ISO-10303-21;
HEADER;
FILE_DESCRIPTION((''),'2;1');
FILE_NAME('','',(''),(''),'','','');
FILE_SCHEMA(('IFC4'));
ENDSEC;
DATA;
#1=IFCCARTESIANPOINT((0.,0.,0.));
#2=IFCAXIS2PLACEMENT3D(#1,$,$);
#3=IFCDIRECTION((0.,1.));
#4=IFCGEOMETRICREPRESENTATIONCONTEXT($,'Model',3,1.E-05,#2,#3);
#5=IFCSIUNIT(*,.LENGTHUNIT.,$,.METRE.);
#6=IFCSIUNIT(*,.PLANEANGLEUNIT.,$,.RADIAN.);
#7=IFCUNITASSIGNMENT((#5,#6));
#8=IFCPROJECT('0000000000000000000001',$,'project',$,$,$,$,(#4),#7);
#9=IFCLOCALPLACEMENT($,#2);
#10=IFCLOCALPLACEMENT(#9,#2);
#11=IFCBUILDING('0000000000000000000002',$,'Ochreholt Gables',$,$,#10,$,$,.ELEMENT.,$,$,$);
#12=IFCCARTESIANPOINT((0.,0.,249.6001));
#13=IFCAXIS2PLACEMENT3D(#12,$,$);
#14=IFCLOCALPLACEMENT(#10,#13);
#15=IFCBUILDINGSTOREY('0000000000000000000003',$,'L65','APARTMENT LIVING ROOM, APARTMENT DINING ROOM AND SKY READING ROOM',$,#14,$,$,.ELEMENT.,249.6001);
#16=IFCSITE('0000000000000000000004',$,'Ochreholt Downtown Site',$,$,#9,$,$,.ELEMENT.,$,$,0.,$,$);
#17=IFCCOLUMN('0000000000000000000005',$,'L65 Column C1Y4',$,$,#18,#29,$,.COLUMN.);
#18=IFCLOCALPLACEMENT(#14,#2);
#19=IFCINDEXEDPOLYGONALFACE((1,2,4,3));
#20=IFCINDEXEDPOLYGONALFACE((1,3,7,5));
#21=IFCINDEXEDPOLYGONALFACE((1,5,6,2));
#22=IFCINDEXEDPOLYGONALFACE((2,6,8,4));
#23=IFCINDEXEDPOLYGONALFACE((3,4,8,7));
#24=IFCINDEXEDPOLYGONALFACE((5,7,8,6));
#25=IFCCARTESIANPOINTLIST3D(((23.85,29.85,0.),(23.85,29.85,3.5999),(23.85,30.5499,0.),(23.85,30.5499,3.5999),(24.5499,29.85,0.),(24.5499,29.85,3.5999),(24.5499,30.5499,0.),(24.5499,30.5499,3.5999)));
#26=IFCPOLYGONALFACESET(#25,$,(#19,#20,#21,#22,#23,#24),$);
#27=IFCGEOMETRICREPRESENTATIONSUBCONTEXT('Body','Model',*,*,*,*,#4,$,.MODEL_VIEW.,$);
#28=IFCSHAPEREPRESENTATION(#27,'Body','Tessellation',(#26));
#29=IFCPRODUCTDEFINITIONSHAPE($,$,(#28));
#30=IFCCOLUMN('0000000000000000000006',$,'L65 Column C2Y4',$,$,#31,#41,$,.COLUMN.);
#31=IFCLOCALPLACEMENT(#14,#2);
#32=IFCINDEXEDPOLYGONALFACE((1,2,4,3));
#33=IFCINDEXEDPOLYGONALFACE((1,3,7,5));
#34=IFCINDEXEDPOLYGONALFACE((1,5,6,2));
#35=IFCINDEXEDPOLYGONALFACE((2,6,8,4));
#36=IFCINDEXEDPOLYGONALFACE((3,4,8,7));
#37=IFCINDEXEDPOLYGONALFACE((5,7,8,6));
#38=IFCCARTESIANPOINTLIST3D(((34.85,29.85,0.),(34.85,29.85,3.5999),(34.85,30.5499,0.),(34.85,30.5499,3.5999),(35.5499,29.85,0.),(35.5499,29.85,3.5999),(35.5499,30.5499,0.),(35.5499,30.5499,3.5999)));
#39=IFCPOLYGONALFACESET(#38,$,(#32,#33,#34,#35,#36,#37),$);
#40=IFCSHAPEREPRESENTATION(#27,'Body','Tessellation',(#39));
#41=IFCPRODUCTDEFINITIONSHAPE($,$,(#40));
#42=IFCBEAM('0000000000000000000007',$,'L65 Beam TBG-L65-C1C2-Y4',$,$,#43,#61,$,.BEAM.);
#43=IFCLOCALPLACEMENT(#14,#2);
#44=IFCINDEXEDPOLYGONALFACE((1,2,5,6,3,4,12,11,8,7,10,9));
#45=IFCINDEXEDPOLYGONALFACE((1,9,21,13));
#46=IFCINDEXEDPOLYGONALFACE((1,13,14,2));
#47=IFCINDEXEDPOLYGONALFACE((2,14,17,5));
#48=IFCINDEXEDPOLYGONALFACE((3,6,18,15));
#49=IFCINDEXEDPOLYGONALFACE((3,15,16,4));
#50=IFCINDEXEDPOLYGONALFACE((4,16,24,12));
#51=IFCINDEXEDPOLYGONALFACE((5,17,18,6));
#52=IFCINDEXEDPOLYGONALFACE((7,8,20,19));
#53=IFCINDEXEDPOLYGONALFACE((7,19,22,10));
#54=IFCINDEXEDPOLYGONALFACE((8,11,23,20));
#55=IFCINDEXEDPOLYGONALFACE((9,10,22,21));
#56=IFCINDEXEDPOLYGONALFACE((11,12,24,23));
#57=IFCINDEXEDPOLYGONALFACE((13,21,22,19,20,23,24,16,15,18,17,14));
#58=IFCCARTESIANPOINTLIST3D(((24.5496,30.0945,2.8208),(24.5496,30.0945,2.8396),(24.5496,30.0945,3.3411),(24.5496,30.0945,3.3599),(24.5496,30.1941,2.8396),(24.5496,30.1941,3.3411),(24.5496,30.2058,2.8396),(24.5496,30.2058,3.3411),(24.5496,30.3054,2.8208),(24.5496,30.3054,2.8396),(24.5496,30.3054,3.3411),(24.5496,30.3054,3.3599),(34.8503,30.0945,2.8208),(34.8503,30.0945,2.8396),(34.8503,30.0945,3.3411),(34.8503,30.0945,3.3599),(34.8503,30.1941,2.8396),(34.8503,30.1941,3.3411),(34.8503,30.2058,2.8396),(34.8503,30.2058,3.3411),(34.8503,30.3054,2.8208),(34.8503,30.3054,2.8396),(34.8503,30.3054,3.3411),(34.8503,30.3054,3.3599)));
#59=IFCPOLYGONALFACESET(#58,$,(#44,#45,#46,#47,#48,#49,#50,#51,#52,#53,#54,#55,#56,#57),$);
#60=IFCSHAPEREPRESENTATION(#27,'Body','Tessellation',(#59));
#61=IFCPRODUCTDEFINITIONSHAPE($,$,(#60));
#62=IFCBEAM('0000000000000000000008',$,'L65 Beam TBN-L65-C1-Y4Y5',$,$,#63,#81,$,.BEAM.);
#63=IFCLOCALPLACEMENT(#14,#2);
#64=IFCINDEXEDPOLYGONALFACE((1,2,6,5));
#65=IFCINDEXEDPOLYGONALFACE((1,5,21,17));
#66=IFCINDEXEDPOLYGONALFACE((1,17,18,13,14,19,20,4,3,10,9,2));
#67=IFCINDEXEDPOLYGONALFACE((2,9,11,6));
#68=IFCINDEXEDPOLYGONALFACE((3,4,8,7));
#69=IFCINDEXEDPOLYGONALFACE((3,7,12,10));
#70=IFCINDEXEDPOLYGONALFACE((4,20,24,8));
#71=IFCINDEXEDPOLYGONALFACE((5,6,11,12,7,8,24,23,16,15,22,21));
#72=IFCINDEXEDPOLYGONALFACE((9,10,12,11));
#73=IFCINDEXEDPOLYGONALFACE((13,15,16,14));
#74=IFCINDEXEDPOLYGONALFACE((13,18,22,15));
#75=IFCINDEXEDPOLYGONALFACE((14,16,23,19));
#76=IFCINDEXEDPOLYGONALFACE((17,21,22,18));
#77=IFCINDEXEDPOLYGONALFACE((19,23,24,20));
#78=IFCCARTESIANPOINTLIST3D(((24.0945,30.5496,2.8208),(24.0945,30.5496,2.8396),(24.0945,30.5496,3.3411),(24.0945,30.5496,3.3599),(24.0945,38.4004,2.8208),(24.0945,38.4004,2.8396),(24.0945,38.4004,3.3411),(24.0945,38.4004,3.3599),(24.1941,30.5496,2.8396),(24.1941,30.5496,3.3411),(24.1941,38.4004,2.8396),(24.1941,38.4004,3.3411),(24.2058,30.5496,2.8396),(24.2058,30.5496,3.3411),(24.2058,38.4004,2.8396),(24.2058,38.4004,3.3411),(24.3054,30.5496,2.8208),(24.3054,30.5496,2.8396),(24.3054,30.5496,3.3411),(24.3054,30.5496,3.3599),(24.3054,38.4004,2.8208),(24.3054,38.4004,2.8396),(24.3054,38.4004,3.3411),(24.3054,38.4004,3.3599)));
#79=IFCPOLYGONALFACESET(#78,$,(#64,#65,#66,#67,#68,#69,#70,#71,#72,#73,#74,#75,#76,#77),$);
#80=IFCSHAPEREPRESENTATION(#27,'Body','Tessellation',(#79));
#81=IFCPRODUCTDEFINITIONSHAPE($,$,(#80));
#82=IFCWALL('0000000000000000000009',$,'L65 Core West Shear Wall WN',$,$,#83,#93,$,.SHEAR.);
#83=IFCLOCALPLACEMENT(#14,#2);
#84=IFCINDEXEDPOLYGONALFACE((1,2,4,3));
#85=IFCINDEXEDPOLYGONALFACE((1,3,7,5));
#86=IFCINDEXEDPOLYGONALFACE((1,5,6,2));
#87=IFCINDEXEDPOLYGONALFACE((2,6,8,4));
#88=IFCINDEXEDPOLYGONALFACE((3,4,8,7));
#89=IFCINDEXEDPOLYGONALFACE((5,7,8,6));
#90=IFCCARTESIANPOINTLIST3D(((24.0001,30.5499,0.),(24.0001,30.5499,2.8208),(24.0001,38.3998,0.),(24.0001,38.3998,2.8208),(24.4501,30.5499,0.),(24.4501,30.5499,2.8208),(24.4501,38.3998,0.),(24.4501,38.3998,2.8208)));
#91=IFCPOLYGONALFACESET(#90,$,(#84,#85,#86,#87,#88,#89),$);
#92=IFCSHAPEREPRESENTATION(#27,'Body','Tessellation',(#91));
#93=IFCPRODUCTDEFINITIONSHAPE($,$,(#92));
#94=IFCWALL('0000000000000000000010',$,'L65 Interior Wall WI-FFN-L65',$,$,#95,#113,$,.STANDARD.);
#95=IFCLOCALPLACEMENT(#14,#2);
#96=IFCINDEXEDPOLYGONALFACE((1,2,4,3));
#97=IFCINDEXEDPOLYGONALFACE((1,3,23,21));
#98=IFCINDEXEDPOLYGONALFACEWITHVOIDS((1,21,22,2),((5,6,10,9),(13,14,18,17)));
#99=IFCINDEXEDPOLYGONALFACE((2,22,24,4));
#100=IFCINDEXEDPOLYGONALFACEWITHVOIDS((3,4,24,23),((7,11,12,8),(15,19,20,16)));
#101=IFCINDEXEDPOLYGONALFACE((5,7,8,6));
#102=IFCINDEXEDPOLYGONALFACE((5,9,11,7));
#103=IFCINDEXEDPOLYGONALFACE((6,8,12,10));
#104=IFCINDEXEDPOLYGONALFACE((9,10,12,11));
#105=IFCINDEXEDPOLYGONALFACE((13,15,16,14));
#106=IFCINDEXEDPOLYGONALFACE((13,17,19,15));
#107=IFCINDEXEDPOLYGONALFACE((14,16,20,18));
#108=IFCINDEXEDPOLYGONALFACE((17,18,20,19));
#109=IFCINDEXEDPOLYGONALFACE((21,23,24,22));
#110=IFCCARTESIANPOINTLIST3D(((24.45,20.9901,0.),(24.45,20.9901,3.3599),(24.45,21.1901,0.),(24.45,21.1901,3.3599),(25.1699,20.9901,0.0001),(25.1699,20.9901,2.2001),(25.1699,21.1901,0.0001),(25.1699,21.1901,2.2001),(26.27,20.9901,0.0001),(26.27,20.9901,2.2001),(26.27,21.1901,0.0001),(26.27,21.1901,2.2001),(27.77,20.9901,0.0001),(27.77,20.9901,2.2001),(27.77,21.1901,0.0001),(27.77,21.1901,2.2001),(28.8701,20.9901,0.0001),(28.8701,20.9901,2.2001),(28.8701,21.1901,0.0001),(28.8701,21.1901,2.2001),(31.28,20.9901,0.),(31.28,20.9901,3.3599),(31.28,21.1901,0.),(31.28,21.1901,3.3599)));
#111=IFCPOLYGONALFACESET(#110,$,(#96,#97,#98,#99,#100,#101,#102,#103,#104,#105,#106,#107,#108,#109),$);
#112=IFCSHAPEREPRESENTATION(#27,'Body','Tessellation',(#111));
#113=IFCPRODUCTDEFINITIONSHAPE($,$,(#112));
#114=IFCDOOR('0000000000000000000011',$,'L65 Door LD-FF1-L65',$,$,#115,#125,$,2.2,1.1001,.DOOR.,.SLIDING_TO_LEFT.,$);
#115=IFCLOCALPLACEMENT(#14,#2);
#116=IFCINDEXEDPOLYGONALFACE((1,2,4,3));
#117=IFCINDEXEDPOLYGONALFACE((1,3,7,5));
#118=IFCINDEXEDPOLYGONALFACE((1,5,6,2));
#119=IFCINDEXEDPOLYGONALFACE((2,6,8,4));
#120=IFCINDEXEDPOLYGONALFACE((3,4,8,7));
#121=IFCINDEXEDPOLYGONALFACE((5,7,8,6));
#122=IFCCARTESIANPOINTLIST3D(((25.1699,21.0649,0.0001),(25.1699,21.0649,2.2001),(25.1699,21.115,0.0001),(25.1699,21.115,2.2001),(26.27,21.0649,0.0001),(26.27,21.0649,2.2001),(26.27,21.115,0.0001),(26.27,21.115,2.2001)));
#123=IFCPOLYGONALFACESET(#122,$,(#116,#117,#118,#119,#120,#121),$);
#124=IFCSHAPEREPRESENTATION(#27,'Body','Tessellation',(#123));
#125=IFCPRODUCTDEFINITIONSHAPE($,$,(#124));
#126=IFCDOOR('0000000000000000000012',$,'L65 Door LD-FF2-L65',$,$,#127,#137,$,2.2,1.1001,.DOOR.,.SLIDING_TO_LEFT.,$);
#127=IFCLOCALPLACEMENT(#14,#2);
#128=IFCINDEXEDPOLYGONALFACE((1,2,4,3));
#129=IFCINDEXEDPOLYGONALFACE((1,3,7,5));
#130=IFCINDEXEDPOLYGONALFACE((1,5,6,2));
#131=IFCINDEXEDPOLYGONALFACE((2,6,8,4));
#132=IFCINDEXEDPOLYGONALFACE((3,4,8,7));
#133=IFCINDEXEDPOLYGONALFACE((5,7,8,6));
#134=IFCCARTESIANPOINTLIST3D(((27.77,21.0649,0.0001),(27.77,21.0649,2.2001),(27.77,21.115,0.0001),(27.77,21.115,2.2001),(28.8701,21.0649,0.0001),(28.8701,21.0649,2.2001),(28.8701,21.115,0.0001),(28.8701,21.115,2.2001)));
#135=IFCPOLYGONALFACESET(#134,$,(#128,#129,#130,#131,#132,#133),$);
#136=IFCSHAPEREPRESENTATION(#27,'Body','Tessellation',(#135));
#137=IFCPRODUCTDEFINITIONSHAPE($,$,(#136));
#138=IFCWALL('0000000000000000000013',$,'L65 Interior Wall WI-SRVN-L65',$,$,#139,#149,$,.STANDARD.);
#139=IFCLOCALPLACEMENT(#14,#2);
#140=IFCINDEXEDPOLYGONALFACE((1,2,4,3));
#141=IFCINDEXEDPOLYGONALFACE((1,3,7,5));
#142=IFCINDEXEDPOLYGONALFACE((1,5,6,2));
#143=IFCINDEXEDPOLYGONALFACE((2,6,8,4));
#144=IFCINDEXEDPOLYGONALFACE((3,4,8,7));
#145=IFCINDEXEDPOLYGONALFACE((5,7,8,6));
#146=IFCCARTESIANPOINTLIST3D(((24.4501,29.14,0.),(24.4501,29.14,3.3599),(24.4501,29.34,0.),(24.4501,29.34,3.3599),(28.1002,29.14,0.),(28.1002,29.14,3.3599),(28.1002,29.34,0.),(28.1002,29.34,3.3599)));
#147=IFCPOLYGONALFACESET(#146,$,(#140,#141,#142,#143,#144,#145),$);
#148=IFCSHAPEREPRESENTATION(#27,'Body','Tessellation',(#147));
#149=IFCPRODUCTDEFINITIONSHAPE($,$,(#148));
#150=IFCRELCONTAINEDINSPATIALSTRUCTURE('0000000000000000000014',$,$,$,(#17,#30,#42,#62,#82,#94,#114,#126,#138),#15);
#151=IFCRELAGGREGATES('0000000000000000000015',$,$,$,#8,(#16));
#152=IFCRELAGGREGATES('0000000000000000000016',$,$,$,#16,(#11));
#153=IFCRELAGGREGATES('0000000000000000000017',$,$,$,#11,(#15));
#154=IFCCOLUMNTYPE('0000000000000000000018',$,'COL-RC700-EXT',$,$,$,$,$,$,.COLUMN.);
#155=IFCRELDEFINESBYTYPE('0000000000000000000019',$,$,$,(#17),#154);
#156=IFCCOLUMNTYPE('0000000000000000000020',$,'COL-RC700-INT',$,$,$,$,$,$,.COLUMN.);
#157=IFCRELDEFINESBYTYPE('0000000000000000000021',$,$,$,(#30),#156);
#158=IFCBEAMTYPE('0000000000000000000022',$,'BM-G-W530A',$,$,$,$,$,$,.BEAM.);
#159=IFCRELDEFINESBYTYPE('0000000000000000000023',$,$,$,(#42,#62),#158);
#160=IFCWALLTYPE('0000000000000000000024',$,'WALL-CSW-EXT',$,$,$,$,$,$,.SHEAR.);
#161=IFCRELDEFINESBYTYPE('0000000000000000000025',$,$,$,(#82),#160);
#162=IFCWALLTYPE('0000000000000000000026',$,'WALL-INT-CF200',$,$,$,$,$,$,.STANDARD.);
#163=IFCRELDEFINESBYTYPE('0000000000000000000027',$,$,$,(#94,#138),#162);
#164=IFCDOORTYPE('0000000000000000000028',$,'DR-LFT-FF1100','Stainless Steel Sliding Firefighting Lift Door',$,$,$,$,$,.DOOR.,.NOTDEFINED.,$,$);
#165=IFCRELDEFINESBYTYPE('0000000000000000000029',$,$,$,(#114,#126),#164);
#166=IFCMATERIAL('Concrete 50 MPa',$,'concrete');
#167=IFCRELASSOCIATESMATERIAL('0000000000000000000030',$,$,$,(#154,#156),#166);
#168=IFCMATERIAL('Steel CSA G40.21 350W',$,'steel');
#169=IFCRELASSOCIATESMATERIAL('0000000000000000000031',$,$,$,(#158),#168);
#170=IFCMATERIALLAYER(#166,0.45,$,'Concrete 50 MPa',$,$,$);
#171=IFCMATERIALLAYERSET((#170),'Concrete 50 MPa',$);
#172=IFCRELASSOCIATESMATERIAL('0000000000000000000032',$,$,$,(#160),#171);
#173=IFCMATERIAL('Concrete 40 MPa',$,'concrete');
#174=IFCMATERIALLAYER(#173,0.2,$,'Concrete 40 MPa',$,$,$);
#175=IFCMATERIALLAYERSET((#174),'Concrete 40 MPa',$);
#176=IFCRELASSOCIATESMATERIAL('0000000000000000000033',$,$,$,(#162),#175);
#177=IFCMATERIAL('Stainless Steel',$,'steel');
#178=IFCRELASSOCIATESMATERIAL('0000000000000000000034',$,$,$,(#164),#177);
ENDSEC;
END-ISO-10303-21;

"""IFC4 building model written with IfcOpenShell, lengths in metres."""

from ifc_helpers import new_model, si_unit, direction, frame, frame_2d, origin, origin_2d, place, context, subcontext, project, spatial, rectangle, i_section, extrude, material, layer, layer_set, material_profile, profile_set, type_object, element, fill, save


model = new_model("IFC4")

# Units and contexts
model_context = context("Model", 3, precision=1e-05, world=origin(), true_north=direction((0.0, 1.0)))
body_context = subcontext(model_context, "Body", "Model", "MODEL_VIEW")
ifc_project = project(units=[si_unit("LENGTHUNIT", "METRE"), si_unit("PLANEANGLEUNIT", "RADIAN")], contexts=[model_context])

# Site, building, storey
site_placement = place(None, origin())
site = spatial("IfcSite", under=ifc_project, at=site_placement, Name="Ochreholt Downtown Site", CompositionType="ELEMENT", RefElevation=0.0)
building_placement = place(site_placement, origin())
building = spatial("IfcBuilding", under=site, at=building_placement, Name="Ochreholt Gables", CompositionType="ELEMENT")
storey_placement = place(building_placement, frame((0.0, 0.0, 249.6001)))
storey = spatial("IfcBuildingStorey", under=building, at=storey_placement, Name="L65", Description="APARTMENT LIVING ROOM, APARTMENT DINING ROOM AND SKY READING ROOM", CompositionType="ELEMENT", Elevation=249.6001)

# Columns
ifc_material_1 = material(Name="Concrete 50 MPa", Category="concrete")
ifc_material_profile_1 = material_profile(ifc_material_1, rectangle(XDim=0.7, YDim=0.7, at=origin_2d()), Name="RC700X700")
ifc_profile_set_1 = profile_set([ifc_material_profile_1], Name="Concrete 50 MPa")
column_type_1 = type_object("IfcColumnType", Name="COL-RC700-EXT", PredefinedType="COLUMN", material=ifc_profile_set_1)
column_1_placement = place(storey_placement, frame((24.2, 30.2, 0.0), z_axis=(0.0, 0.0, 1.0), x_axis=(1.0, 0.0, 0.0)))
element("IfcColumn", 1, at=column_1_placement, inside=storey, type_object=column_type_1, Name="L65 Column C1Y4", PredefinedType="COLUMN", context=body_context, shape_type="SweptSolid", body=[
    extrude(rectangle(XDim=0.7, YDim=0.7, at=origin_2d()), origin(), (0.0, 0.0, 1.0), 3.5999),
])
ifc_material_profile_2 = material_profile(ifc_material_1, rectangle(XDim=0.7, YDim=0.7, at=origin_2d()), Name="RC700X700")
ifc_profile_set_2 = profile_set([ifc_material_profile_2], Name="Concrete 50 MPa")
column_type_2 = type_object("IfcColumnType", Name="COL-RC700-INT", PredefinedType="COLUMN", material=ifc_profile_set_2)
column_2_placement = place(storey_placement, frame((35.2, 30.2, 0.0), z_axis=(0.0, 0.0, 1.0), x_axis=(1.0, 0.0, 0.0)))
element("IfcColumn", 2, at=column_2_placement, inside=storey, type_object=column_type_2, Name="L65 Column C2Y4", PredefinedType="COLUMN", context=body_context, shape_type="SweptSolid", body=[
    extrude(rectangle(XDim=0.7, YDim=0.7, at=origin_2d()), origin(), (0.0, 0.0, 1.0), 3.5999),
])

# Beams
ifc_material_2 = material(Name="Steel CSA G40.21 350W", Category="steel")
ifc_material_profile_3 = material_profile(ifc_material_2, i_section(OverallWidth=0.2109, OverallDepth=0.5391, WebThickness=0.0117, FlangeThickness=0.0188, at=origin_2d()), Name="W530X109")
ifc_profile_set_3 = profile_set([ifc_material_profile_3], Name="Steel CSA G40.21 350W")
beam_type = type_object("IfcBeamType", Name="BM-G-W530A", PredefinedType="BEAM", material=ifc_profile_set_3)
beam_1_placement = place(storey_placement, frame((24.5496, 30.2, 3.0903), z_axis=(1.0, 0.0, 0.0), x_axis=(0.0, 1.0, 0.0)))
element("IfcBeam", 3, at=beam_1_placement, inside=storey, type_object=beam_type, Name="L65 Beam TBG-L65-C1C2-Y4", PredefinedType="BEAM", context=body_context, shape_type="SweptSolid", body=[
    extrude(i_section(OverallWidth=0.2109, OverallDepth=0.5391, WebThickness=0.0117, FlangeThickness=0.0188, at=origin_2d()), origin(), (0.0, 0.0, 1.0), 10.3008),
])
beam_2_placement = place(storey_placement, frame((24.2, 30.5496, 3.0903), z_axis=(0.0, 1.0, 0.0), x_axis=(-1.0, 0.0, 0.0)))
element("IfcBeam", 4, at=beam_2_placement, inside=storey, type_object=beam_type, Name="L65 Beam TBN-L65-C1-Y4Y5", PredefinedType="BEAM", context=body_context, shape_type="SweptSolid", body=[
    extrude(i_section(OverallWidth=0.2109, OverallDepth=0.5391, WebThickness=0.0117, FlangeThickness=0.0188, at=origin_2d()), origin(), (0.0, 0.0, 1.0), 7.8508),
])

# Wall
ifc_layer_1 = layer(ifc_material_1, 0.45, Name="Concrete 50 MPa")
ifc_layer_set_1 = layer_set([ifc_layer_1], Name="Concrete 50 MPa")
wall_type_1 = type_object("IfcWallType", Name="WALL-CSW-EXT", PredefinedType="SHEAR", material=ifc_layer_set_1)
wall_1_placement = place(storey_placement, frame((24.2251, 30.55, 0.0), z_axis=(0.0, 0.0, 1.0), x_axis=(0.0, 1.0, 0.0)))
element("IfcWall", 5, at=wall_1_placement, inside=storey, type_object=wall_type_1, Name="L65 Core West Shear Wall WN", PredefinedType="SHEAR", context=body_context, shape_type="SweptSolid", body=[
    extrude(rectangle(XDim=7.8499, YDim=0.45, at=frame_2d((3.9248, 0.0))), origin(), (0.0, 0.0, 1.0), 2.8208),
])

# Wall, openings, doors
ifc_material_3 = material(Name="Concrete 40 MPa", Category="concrete")
ifc_layer_2 = layer(ifc_material_3, 0.2, Name="Concrete 40 MPa")
ifc_layer_set_2 = layer_set([ifc_layer_2], Name="Concrete 40 MPa")
wall_type_2 = type_object("IfcWallType", Name="WALL-INT-CF200", PredefinedType="STANDARD", material=ifc_layer_set_2)
wall_2_placement = place(storey_placement, frame((24.45, 21.0901, 0.0), z_axis=(0.0, 0.0, 1.0), x_axis=(1.0, 0.0, 0.0)))
wall_2 = element("IfcWall", 6, at=wall_2_placement, inside=storey, type_object=wall_type_2, Name="L65 Interior Wall WI-FFN-L65", PredefinedType="STANDARD", context=body_context, shape_type="SweptSolid", body=[
    extrude(rectangle(XDim=6.8301, YDim=0.2, at=frame_2d((3.415, 0.0))), origin(), (0.0, 0.0, 1.0), 3.3599),
])
opening_1_placement = place(wall_2_placement, frame((0.72, 0.0, 0.0)))
opening_1 = element("IfcOpeningElement", 7, at=opening_1_placement, cuts=wall_2, PredefinedType="OPENING", context=body_context, shape_type="SweptSolid", body=[
    extrude(rectangle(XDim=1.1001, YDim=2.2, at=frame_2d((0.55, 1.1001))), frame((0.0, 0.1099, 0.0), z_axis=(0.0, -1.0, 0.0), x_axis=(1.0, 0.0, 0.0)), (0.0, 0.0, 1.0), 0.22),
])
opening_2_placement = place(wall_2_placement, frame((3.3201, 0.0, 0.0)))
opening_2 = element("IfcOpeningElement", 8, at=opening_2_placement, cuts=wall_2, PredefinedType="OPENING", context=body_context, shape_type="SweptSolid", body=[
    extrude(rectangle(XDim=1.1001, YDim=2.2, at=frame_2d((0.55, 1.1001))), frame((0.0, 0.1099, 0.0), z_axis=(0.0, -1.0, 0.0), x_axis=(1.0, 0.0, 0.0)), (0.0, 0.0, 1.0), 0.22),
])
ifc_material_4 = material(Name="Stainless Steel", Category="steel")
door_type_1 = type_object("IfcDoorType", Name="DR-LFT-FF1100", Description="Stainless Steel Sliding Firefighting Lift Door", OperationType="NOTDEFINED", PredefinedType="DOOR", material=ifc_material_4)
door_1_placement = place(opening_1_placement, origin())
door_1 = element("IfcDoor", 9, at=door_1_placement, inside=storey, type_object=door_type_1, Name="L65 Door LD-FF1-L65", OperationType="SLIDING_TO_LEFT", OverallHeight=2.2, OverallWidth=1.1001, PredefinedType="DOOR", context=body_context, shape_type="SweptSolid", body=[
    extrude(rectangle(XDim=1.1001, YDim=2.2, at=frame_2d((0.55, 1.1001))), frame((0.0, 0.0249, 0.0), z_axis=(0.0, -1.0, 0.0), x_axis=(1.0, 0.0, 0.0)), (0.0, 0.0, 1.0), 0.05),
])
fill(opening_1, door_1)
door_2_placement = place(opening_2_placement, origin())
door_2 = element("IfcDoor", 10, at=door_2_placement, inside=storey, type_object=door_type_1, Name="L65 Door LD-FF2-L65", OperationType="SLIDING_TO_LEFT", OverallHeight=2.2, OverallWidth=1.1001, PredefinedType="DOOR", context=body_context, shape_type="SweptSolid", body=[
    extrude(rectangle(XDim=1.1001, YDim=2.2, at=frame_2d((0.55, 1.1001))), frame((0.0, 0.0249, 0.0), z_axis=(0.0, -1.0, 0.0), x_axis=(1.0, 0.0, 0.0)), (0.0, 0.0, 1.0), 0.05),
])
fill(opening_2, door_2)

# Wall
wall_3_placement = place(storey_placement, frame((24.45, 29.24, 0.0), z_axis=(0.0, 0.0, 1.0), x_axis=(1.0, 0.0, 0.0)))
element("IfcWall", 11, at=wall_3_placement, inside=storey, type_object=wall_type_2, Name="L65 Interior Wall WI-SRVN-L65", PredefinedType="STANDARD", context=body_context, shape_type="SweptSolid", body=[
    extrude(rectangle(XDim=3.6501, YDim=0.2, at=frame_2d((1.8252, 0.0))), origin(), (0.0, 0.0, 1.0), 3.3599),
])

save(model, "model.ifc")
